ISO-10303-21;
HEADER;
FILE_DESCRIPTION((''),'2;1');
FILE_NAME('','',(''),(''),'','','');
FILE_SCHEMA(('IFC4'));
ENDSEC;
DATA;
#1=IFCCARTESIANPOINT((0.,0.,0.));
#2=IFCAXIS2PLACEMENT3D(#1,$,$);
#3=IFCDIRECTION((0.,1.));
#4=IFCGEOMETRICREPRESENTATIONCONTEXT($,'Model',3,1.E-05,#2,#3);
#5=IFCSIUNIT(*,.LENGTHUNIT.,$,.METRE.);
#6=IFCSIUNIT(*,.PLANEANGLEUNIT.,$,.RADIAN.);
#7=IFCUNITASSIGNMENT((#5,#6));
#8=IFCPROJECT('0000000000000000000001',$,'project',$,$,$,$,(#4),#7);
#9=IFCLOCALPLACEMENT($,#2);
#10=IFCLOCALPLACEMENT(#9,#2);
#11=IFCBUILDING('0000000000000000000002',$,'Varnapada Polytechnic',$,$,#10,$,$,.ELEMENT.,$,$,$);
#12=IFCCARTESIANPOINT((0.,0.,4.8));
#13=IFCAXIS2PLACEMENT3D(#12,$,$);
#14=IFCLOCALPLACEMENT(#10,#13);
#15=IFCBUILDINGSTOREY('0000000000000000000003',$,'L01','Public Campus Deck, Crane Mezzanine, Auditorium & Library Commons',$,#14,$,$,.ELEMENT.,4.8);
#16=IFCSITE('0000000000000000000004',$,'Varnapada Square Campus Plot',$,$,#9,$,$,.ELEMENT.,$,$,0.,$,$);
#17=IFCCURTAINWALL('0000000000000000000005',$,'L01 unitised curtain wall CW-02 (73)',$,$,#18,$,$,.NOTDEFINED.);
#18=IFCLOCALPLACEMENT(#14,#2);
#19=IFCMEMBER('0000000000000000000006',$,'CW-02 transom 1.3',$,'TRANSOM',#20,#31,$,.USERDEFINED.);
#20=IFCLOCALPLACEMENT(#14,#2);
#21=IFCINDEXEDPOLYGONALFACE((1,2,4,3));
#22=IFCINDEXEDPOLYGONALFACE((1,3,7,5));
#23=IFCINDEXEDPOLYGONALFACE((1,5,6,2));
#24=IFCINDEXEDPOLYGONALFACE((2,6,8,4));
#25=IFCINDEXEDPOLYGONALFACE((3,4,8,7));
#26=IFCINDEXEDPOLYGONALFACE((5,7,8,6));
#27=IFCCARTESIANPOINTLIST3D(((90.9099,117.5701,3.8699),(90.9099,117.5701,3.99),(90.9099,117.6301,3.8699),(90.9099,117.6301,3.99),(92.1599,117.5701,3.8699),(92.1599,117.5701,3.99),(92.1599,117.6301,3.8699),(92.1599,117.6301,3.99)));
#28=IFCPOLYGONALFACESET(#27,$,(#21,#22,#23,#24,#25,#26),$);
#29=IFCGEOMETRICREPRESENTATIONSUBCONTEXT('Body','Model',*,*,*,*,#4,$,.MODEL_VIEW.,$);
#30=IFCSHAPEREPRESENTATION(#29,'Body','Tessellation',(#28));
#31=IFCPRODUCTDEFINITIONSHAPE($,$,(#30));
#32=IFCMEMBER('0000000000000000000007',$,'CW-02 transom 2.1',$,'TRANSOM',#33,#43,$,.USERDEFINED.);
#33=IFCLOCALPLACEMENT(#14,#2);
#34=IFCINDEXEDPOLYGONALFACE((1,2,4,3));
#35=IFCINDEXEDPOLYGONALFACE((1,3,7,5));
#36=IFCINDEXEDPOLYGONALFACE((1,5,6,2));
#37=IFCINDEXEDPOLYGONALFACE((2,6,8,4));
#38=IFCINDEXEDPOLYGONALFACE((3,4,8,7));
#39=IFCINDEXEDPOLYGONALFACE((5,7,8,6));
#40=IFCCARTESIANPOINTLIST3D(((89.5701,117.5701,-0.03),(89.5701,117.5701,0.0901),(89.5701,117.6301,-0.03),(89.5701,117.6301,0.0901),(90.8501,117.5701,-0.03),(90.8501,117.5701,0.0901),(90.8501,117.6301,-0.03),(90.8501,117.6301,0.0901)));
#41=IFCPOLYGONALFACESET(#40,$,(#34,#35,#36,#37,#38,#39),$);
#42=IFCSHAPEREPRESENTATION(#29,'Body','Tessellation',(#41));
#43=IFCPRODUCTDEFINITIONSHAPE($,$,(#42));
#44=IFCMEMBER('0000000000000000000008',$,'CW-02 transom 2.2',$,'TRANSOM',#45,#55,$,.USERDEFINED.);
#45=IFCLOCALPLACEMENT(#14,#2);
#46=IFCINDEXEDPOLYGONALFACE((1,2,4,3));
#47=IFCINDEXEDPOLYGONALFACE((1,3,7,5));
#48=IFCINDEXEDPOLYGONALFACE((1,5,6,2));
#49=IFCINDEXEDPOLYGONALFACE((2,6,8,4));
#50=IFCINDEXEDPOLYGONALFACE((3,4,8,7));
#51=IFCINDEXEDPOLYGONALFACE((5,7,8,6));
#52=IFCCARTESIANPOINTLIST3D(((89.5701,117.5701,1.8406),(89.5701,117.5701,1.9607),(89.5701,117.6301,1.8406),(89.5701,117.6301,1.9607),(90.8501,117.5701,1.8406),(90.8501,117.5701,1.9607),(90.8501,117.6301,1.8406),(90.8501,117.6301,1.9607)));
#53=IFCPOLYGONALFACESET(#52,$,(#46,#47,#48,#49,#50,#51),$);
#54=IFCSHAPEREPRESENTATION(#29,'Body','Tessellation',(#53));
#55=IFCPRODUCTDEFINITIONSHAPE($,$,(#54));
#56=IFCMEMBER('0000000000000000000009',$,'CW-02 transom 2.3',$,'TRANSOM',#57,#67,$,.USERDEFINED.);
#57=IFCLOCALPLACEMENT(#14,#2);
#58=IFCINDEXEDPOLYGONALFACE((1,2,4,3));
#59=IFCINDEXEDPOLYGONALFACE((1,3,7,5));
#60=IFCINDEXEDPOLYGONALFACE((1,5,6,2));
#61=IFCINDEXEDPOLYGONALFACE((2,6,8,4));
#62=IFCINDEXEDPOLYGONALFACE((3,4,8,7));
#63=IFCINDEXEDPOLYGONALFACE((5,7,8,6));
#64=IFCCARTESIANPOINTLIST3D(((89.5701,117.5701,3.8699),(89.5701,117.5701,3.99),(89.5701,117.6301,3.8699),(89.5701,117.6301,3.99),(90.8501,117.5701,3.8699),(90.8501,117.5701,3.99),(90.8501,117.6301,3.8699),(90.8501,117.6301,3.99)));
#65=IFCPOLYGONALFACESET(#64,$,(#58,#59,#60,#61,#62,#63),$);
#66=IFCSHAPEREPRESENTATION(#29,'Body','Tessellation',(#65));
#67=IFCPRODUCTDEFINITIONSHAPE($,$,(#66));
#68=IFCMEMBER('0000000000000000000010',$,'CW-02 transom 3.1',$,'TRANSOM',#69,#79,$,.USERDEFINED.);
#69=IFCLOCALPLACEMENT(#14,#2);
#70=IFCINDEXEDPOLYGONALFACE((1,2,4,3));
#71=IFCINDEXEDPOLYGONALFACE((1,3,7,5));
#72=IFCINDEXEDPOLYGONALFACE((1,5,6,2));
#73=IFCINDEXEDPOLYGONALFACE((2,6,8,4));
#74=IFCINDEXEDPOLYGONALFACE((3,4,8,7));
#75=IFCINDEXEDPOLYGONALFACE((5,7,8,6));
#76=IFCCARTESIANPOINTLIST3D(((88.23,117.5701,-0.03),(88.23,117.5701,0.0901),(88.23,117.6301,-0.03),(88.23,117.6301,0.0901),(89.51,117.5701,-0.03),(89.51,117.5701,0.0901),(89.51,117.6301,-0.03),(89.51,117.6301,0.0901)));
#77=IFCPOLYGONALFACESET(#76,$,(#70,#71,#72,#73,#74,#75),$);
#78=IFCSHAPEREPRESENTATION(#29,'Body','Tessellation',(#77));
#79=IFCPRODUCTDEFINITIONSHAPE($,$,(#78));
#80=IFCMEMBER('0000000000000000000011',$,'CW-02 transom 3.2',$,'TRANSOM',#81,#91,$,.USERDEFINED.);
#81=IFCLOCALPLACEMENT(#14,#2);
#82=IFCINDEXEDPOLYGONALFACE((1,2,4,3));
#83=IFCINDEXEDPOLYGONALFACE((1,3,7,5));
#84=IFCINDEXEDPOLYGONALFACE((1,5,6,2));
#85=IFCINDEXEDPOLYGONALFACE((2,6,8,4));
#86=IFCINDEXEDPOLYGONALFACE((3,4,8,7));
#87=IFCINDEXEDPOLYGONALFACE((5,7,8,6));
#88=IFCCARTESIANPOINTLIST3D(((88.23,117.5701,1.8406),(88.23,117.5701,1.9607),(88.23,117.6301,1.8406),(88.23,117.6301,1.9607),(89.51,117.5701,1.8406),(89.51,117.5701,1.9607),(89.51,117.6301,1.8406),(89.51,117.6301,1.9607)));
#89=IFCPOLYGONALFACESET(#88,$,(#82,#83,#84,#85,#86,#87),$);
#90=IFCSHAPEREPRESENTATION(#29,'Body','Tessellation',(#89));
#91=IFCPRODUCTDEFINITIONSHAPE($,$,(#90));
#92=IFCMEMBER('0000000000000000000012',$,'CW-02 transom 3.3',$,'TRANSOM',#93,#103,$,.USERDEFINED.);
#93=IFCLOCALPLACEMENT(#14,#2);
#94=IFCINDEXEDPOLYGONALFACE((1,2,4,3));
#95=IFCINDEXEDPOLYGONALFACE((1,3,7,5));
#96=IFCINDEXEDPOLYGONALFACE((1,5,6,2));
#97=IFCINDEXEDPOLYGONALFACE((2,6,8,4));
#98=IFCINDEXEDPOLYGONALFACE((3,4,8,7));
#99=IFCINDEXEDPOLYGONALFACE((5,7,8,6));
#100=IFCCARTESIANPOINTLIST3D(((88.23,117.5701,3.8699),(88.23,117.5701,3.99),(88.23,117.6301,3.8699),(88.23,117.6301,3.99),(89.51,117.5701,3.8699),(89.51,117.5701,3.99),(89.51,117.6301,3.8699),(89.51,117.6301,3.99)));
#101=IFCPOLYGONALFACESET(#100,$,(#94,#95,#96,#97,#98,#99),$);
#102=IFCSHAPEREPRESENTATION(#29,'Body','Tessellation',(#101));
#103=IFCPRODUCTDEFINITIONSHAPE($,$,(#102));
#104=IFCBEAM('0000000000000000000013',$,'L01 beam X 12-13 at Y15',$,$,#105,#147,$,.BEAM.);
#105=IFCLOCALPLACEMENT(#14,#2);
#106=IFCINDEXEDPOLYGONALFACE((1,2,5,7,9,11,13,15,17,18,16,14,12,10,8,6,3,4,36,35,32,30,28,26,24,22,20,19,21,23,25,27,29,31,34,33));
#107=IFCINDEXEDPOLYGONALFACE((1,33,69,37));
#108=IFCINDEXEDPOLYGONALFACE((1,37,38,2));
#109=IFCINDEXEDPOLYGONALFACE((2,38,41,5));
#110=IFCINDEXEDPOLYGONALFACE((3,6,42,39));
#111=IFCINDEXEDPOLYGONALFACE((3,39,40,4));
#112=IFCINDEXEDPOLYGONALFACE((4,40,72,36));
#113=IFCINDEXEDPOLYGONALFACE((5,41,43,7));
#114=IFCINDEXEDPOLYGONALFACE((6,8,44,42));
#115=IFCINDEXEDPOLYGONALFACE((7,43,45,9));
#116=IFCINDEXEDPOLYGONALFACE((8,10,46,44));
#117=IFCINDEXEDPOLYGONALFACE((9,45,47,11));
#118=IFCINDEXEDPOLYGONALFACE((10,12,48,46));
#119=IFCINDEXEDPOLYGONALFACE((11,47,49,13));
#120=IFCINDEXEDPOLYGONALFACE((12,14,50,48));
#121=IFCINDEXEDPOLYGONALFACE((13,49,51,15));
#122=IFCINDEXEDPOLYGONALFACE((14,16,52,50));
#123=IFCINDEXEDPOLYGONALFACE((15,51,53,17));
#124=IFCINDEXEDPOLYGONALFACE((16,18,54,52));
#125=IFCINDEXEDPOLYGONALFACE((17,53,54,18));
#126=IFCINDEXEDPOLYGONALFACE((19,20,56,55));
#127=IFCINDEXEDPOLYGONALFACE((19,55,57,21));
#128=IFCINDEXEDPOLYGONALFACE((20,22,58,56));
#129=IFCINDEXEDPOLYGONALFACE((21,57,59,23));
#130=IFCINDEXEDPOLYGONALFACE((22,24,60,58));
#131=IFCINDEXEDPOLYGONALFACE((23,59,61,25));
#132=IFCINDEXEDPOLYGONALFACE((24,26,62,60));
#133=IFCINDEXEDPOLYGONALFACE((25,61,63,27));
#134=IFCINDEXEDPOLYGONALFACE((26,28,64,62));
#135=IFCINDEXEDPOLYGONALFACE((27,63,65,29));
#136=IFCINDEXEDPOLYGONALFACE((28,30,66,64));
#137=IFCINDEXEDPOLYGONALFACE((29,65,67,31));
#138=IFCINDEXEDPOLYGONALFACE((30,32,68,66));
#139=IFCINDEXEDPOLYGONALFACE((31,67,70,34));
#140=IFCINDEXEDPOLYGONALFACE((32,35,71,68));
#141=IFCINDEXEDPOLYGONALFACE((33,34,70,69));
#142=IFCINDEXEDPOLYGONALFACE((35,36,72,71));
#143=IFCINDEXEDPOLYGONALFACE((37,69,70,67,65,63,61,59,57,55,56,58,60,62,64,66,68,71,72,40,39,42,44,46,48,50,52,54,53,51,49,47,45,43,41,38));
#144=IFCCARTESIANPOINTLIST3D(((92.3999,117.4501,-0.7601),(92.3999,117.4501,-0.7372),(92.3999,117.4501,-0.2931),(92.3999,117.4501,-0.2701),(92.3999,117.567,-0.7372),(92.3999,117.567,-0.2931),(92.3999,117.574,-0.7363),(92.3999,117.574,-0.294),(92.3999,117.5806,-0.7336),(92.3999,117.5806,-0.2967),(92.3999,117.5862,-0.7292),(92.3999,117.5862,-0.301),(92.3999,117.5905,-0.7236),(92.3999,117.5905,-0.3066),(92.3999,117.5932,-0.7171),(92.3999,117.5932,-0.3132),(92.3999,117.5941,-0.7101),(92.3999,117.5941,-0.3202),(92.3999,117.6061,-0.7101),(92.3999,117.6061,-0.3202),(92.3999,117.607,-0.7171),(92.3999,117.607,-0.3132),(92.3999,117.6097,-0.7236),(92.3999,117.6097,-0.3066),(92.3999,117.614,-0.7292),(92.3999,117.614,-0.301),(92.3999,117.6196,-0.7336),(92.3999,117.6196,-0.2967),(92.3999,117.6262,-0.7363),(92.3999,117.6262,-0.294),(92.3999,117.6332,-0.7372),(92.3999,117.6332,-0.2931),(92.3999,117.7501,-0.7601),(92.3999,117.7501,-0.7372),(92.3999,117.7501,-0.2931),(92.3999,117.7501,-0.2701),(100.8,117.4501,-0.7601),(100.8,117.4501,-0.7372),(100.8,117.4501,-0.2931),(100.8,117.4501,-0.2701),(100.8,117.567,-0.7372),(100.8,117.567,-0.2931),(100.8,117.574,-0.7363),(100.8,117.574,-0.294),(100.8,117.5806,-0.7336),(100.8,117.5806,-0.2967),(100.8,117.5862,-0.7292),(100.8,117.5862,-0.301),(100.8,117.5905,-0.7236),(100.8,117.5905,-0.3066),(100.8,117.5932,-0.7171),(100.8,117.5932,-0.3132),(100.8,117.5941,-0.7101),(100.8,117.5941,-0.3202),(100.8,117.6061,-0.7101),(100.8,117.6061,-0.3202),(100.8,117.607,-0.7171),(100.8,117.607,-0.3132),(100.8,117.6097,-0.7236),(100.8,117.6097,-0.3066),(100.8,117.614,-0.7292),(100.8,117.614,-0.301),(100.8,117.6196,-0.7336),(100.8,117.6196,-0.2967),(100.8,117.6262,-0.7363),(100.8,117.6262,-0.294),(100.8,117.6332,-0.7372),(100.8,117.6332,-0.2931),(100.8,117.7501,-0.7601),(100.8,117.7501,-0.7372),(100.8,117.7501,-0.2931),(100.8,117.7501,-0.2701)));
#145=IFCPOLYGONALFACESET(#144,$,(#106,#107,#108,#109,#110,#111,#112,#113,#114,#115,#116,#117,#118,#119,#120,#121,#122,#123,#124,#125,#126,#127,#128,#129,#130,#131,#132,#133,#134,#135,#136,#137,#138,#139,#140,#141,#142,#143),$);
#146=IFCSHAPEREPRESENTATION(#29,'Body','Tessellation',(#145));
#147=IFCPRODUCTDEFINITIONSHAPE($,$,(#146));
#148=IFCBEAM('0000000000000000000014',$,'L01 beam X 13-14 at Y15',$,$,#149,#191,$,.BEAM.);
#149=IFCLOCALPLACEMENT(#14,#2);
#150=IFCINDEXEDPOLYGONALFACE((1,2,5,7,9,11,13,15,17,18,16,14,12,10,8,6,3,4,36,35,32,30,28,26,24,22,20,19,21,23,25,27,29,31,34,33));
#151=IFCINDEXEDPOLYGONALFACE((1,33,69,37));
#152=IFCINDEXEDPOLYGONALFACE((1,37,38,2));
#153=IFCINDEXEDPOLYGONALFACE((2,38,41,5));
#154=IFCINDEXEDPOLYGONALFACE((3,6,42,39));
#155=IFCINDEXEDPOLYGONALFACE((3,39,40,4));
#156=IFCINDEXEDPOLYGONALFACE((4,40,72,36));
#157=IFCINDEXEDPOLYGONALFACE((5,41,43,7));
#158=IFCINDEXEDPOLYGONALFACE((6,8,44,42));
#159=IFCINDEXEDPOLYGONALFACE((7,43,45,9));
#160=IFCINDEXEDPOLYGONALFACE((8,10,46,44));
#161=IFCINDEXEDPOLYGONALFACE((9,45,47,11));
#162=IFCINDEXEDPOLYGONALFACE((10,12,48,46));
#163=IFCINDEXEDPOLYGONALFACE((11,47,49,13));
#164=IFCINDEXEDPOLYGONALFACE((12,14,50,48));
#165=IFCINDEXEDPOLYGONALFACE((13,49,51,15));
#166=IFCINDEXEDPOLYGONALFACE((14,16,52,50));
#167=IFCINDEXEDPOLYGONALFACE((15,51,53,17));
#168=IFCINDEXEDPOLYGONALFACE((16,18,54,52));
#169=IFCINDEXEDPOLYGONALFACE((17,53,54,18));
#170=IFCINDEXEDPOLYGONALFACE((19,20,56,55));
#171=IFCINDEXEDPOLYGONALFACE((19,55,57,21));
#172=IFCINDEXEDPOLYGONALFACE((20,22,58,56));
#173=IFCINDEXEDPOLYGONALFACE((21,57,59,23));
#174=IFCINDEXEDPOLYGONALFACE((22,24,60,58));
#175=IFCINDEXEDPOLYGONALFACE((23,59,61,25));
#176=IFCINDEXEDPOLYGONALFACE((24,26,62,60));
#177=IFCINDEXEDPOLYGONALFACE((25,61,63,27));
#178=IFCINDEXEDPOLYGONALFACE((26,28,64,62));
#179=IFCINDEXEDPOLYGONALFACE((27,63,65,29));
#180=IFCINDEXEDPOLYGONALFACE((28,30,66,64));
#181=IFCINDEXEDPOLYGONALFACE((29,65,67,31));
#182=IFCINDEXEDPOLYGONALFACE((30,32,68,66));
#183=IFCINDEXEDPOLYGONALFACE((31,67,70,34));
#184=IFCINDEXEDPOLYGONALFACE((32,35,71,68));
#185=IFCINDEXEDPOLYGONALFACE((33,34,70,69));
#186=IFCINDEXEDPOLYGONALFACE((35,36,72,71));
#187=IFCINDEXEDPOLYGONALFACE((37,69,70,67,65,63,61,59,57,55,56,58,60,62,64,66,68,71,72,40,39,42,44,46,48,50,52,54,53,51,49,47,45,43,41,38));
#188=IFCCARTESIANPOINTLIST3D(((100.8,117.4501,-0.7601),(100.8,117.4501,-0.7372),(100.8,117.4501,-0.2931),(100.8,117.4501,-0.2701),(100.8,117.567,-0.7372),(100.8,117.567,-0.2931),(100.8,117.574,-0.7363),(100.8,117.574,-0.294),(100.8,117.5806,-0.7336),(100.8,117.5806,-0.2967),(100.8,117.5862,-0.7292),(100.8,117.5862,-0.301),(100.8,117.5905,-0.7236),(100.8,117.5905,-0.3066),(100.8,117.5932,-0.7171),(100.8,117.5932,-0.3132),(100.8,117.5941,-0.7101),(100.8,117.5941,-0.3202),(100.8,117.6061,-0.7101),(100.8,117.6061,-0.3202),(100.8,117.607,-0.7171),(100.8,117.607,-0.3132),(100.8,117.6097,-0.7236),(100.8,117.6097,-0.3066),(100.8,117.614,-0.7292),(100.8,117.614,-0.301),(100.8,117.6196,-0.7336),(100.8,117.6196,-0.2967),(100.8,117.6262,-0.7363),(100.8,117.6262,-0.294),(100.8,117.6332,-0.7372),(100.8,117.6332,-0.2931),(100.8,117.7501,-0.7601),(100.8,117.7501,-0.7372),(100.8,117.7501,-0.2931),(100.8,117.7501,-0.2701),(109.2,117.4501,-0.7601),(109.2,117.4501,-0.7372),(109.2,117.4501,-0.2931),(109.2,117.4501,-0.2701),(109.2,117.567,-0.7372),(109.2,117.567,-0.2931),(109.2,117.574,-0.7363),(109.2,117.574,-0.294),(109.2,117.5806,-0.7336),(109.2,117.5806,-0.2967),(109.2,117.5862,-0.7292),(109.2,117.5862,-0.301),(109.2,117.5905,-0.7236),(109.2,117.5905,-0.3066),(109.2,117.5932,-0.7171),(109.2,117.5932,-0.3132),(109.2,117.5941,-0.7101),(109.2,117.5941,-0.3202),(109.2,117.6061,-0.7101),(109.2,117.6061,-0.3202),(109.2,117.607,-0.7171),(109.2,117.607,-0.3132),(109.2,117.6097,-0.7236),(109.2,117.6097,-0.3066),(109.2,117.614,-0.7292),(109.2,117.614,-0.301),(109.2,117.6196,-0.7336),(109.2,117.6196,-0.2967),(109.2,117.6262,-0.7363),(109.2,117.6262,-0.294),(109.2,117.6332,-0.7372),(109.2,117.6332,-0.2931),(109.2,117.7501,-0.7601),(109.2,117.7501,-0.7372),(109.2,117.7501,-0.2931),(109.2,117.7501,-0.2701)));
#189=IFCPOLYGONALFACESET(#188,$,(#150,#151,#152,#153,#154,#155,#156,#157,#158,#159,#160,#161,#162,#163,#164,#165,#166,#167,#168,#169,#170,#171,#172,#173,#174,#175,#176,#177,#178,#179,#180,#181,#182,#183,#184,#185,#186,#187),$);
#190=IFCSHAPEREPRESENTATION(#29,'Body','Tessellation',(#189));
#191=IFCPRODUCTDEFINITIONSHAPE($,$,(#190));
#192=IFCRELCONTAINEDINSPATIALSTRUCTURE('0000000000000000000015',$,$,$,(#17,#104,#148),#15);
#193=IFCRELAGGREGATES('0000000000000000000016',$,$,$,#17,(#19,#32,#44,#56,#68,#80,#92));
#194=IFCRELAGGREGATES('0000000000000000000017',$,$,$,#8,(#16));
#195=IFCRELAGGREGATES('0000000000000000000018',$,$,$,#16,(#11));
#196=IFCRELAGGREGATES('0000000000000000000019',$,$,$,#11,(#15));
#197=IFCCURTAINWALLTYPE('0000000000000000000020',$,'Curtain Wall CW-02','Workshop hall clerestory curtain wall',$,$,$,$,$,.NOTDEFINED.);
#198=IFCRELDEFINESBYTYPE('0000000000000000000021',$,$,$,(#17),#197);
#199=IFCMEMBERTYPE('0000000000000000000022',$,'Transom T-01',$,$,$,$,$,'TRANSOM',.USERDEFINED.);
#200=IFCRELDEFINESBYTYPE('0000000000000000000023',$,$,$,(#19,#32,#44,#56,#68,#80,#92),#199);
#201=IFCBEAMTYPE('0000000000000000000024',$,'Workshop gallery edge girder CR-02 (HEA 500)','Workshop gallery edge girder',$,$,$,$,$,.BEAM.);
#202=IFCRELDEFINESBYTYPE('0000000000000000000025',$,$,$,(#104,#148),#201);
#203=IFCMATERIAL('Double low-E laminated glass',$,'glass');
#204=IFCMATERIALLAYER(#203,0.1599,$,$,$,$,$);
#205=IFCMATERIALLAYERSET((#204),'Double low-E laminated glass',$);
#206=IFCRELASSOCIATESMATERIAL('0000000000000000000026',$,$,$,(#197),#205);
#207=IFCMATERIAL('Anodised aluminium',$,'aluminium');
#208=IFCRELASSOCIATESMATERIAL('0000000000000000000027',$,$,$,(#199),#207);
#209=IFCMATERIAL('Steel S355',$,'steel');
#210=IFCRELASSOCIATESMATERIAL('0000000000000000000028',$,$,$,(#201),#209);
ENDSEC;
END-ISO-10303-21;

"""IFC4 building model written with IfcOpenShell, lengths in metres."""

from ifc_helpers import new_model, si_unit, direction, frame, origin, origin_2d, place, context, subcontext, project, spatial, rectangle, i_section, extrude, material, layer, layer_set, material_profile, profile_set, type_object, element, aggregate, save


model = new_model("IFC4")

# Units and contexts
model_context = context("Model", 3, precision=1e-05, world=origin(), true_north=direction((0.0, 1.0)))
body_context = subcontext(model_context, "Body", "Model", "MODEL_VIEW")
ifc_project = project(units=[si_unit("LENGTHUNIT", "METRE"), si_unit("PLANEANGLEUNIT", "RADIAN")], contexts=[model_context])

# Site, building, storey
site_placement = place(None, origin())
site = spatial("IfcSite", under=ifc_project, at=site_placement, Name="Varnapada Square Campus Plot", CompositionType="ELEMENT", RefElevation=0.0)
building_placement = place(site_placement, origin())
building = spatial("IfcBuilding", under=site, at=building_placement, Name="Varnapada Polytechnic", CompositionType="ELEMENT")
storey_placement = place(building_placement, frame((0.0, 0.0, 4.8)))
storey = spatial("IfcBuildingStorey", under=building, at=storey_placement, Name="L01", Description="Public Campus Deck, Crane Mezzanine, Auditorium & Library Commons", CompositionType="ELEMENT", Elevation=4.8)

# Shared definitions
ifc_material_1 = material(Name="Steel S355", Category="steel")

# Curtain wall
ifc_material_2 = material(Name="Double low-E laminated glass", Category="glass")
ifc_layer_1 = layer(ifc_material_2, 0.1599)
ifc_layer_set_1 = layer_set([ifc_layer_1], Name="Double low-E laminated glass")
curtain_wall_type = type_object("IfcCurtainWallType", Name="Curtain Wall CW-02", Description="Workshop hall clerestory curtain wall", PredefinedType="NOTDEFINED", material=ifc_layer_set_1)
curtain_wall_placement = place(storey_placement, origin())
curtain_wall = element("IfcCurtainWall", 1, at=curtain_wall_placement, inside=storey, type_object=curtain_wall_type, Name="L01 unitised curtain wall CW-02 (73)", PredefinedType="NOTDEFINED")
ifc_material_3 = material(Name="Anodised aluminium", Category="aluminium")

# Members
ifc_material_profile_1 = material_profile(ifc_material_3, rectangle(XDim=0.0601, YDim=0.1201, at=origin_2d()), Name="ALU T60x120")
ifc_profile_set_1 = profile_set([ifc_material_profile_1], Name="Anodised aluminium")
member_type_1 = type_object("IfcMemberType", Name="Transom T-01", ElementType="TRANSOM", PredefinedType="USERDEFINED", material=ifc_profile_set_1)
member_1_placement = place(storey_placement, frame((92.1599, 117.6001, 3.9299), z_axis=(-1.0, 0.0, 0.0), x_axis=(0.0, -1.0, 0.0)))
member_1 = element("IfcMember", 2, at=member_1_placement, type_object=member_type_1, Name="CW-02 transom 1.3", ObjectType="TRANSOM", PredefinedType="USERDEFINED", context=body_context, shape_type="SweptSolid", body=[
    extrude(rectangle(XDim=0.0601, YDim=0.1201, at=origin_2d()), origin(), (0.0, 0.0, 1.0), 1.25),
])
member_2_placement = place(storey_placement, frame((90.8501, 117.6001, 0.03), z_axis=(-1.0, 0.0, 0.0), x_axis=(0.0, -1.0, 0.0)))
member_2 = element("IfcMember", 3, at=member_2_placement, type_object=member_type_1, Name="CW-02 transom 2.1", ObjectType="TRANSOM", PredefinedType="USERDEFINED", context=body_context, shape_type="SweptSolid", body=[
    extrude(rectangle(XDim=0.0601, YDim=0.1201, at=origin_2d()), origin(), (0.0, 0.0, 1.0), 1.28),
])
member_3_placement = place(storey_placement, frame((90.8501, 117.6001, 1.9006), z_axis=(-1.0, 0.0, 0.0), x_axis=(0.0, -1.0, 0.0)))
member_3 = element("IfcMember", 4, at=member_3_placement, type_object=member_type_1, Name="CW-02 transom 2.2", ObjectType="TRANSOM", PredefinedType="USERDEFINED", context=body_context, shape_type="SweptSolid", body=[
    extrude(rectangle(XDim=0.0601, YDim=0.1201, at=origin_2d()), origin(), (0.0, 0.0, 1.0), 1.28),
])
member_4_placement = place(storey_placement, frame((90.8501, 117.6001, 3.9299), z_axis=(-1.0, 0.0, 0.0), x_axis=(0.0, -1.0, 0.0)))
member_4 = element("IfcMember", 5, at=member_4_placement, type_object=member_type_1, Name="CW-02 transom 2.3", ObjectType="TRANSOM", PredefinedType="USERDEFINED", context=body_context, shape_type="SweptSolid", body=[
    extrude(rectangle(XDim=0.0601, YDim=0.1201, at=origin_2d()), origin(), (0.0, 0.0, 1.0), 1.28),
])
member_5_placement = place(storey_placement, frame((89.51, 117.6001, 0.03), z_axis=(-1.0, 0.0, 0.0), x_axis=(0.0, -1.0, 0.0)))
member_5 = element("IfcMember", 6, at=member_5_placement, type_object=member_type_1, Name="CW-02 transom 3.1", ObjectType="TRANSOM", PredefinedType="USERDEFINED", context=body_context, shape_type="SweptSolid", body=[
    extrude(rectangle(XDim=0.0601, YDim=0.1201, at=origin_2d()), origin(), (0.0, 0.0, 1.0), 1.28),
])
member_6_placement = place(storey_placement, frame((89.51, 117.6001, 1.9006), z_axis=(-1.0, 0.0, 0.0), x_axis=(0.0, -1.0, 0.0)))
member_6 = element("IfcMember", 7, at=member_6_placement, type_object=member_type_1, Name="CW-02 transom 3.2", ObjectType="TRANSOM", PredefinedType="USERDEFINED", context=body_context, shape_type="SweptSolid", body=[
    extrude(rectangle(XDim=0.0601, YDim=0.1201, at=origin_2d()), origin(), (0.0, 0.0, 1.0), 1.28),
])
member_7_placement = place(storey_placement, frame((89.51, 117.6001, 3.9299), z_axis=(-1.0, 0.0, 0.0), x_axis=(0.0, -1.0, 0.0)))
member_7 = element("IfcMember", 8, at=member_7_placement, type_object=member_type_1, Name="CW-02 transom 3.3", ObjectType="TRANSOM", PredefinedType="USERDEFINED", context=body_context, shape_type="SweptSolid", body=[
    extrude(rectangle(XDim=0.0601, YDim=0.1201, at=origin_2d()), origin(), (0.0, 0.0, 1.0), 1.28),
])

# Beams
ifc_material_profile_2 = material_profile(ifc_material_1, i_section(OverallWidth=0.3, OverallDepth=0.49, WebThickness=0.012, FlangeThickness=0.0229, FilletRadius=0.0271, at=origin_2d()), Name="HEA 500")
ifc_profile_set_2 = profile_set([ifc_material_profile_2], Name="Steel S355")
beam_type_1 = type_object("IfcBeamType", Name="Workshop gallery edge girder CR-02 (HEA 500)", Description="Workshop gallery edge girder", PredefinedType="BEAM", material=ifc_profile_set_2)
beam_1_placement = place(storey_placement, frame((92.3999, 117.6001, -0.5151), z_axis=(1.0, 0.0, 0.0), x_axis=(0.0, 1.0, 0.0)))
element("IfcBeam", 9, at=beam_1_placement, inside=storey, type_object=beam_type_1, Name="L01 beam X 12-13 at Y15", PredefinedType="BEAM", context=body_context, shape_type="SweptSolid", body=[
    extrude(i_section(OverallWidth=0.3, OverallDepth=0.49, WebThickness=0.012, FlangeThickness=0.0229, FilletRadius=0.0271, at=origin_2d()), origin(), (0.0, 0.0, 1.0), 8.4001),
])
beam_2_placement = place(storey_placement, frame((100.8, 117.6001, -0.5151), z_axis=(1.0, 0.0, 0.0), x_axis=(0.0, 1.0, 0.0)))
element("IfcBeam", 10, at=beam_2_placement, inside=storey, type_object=beam_type_1, Name="L01 beam X 13-14 at Y15", PredefinedType="BEAM", context=body_context, shape_type="SweptSolid", body=[
    extrude(i_section(OverallWidth=0.3, OverallDepth=0.49, WebThickness=0.012, FlangeThickness=0.0229, FilletRadius=0.0271, at=origin_2d()), origin(), (0.0, 0.0, 1.0), 8.3999),
])

aggregate(curtain_wall, [member_1, member_2, member_3, member_4, member_5, member_6, member_7])

save(model, "model.ifc")
